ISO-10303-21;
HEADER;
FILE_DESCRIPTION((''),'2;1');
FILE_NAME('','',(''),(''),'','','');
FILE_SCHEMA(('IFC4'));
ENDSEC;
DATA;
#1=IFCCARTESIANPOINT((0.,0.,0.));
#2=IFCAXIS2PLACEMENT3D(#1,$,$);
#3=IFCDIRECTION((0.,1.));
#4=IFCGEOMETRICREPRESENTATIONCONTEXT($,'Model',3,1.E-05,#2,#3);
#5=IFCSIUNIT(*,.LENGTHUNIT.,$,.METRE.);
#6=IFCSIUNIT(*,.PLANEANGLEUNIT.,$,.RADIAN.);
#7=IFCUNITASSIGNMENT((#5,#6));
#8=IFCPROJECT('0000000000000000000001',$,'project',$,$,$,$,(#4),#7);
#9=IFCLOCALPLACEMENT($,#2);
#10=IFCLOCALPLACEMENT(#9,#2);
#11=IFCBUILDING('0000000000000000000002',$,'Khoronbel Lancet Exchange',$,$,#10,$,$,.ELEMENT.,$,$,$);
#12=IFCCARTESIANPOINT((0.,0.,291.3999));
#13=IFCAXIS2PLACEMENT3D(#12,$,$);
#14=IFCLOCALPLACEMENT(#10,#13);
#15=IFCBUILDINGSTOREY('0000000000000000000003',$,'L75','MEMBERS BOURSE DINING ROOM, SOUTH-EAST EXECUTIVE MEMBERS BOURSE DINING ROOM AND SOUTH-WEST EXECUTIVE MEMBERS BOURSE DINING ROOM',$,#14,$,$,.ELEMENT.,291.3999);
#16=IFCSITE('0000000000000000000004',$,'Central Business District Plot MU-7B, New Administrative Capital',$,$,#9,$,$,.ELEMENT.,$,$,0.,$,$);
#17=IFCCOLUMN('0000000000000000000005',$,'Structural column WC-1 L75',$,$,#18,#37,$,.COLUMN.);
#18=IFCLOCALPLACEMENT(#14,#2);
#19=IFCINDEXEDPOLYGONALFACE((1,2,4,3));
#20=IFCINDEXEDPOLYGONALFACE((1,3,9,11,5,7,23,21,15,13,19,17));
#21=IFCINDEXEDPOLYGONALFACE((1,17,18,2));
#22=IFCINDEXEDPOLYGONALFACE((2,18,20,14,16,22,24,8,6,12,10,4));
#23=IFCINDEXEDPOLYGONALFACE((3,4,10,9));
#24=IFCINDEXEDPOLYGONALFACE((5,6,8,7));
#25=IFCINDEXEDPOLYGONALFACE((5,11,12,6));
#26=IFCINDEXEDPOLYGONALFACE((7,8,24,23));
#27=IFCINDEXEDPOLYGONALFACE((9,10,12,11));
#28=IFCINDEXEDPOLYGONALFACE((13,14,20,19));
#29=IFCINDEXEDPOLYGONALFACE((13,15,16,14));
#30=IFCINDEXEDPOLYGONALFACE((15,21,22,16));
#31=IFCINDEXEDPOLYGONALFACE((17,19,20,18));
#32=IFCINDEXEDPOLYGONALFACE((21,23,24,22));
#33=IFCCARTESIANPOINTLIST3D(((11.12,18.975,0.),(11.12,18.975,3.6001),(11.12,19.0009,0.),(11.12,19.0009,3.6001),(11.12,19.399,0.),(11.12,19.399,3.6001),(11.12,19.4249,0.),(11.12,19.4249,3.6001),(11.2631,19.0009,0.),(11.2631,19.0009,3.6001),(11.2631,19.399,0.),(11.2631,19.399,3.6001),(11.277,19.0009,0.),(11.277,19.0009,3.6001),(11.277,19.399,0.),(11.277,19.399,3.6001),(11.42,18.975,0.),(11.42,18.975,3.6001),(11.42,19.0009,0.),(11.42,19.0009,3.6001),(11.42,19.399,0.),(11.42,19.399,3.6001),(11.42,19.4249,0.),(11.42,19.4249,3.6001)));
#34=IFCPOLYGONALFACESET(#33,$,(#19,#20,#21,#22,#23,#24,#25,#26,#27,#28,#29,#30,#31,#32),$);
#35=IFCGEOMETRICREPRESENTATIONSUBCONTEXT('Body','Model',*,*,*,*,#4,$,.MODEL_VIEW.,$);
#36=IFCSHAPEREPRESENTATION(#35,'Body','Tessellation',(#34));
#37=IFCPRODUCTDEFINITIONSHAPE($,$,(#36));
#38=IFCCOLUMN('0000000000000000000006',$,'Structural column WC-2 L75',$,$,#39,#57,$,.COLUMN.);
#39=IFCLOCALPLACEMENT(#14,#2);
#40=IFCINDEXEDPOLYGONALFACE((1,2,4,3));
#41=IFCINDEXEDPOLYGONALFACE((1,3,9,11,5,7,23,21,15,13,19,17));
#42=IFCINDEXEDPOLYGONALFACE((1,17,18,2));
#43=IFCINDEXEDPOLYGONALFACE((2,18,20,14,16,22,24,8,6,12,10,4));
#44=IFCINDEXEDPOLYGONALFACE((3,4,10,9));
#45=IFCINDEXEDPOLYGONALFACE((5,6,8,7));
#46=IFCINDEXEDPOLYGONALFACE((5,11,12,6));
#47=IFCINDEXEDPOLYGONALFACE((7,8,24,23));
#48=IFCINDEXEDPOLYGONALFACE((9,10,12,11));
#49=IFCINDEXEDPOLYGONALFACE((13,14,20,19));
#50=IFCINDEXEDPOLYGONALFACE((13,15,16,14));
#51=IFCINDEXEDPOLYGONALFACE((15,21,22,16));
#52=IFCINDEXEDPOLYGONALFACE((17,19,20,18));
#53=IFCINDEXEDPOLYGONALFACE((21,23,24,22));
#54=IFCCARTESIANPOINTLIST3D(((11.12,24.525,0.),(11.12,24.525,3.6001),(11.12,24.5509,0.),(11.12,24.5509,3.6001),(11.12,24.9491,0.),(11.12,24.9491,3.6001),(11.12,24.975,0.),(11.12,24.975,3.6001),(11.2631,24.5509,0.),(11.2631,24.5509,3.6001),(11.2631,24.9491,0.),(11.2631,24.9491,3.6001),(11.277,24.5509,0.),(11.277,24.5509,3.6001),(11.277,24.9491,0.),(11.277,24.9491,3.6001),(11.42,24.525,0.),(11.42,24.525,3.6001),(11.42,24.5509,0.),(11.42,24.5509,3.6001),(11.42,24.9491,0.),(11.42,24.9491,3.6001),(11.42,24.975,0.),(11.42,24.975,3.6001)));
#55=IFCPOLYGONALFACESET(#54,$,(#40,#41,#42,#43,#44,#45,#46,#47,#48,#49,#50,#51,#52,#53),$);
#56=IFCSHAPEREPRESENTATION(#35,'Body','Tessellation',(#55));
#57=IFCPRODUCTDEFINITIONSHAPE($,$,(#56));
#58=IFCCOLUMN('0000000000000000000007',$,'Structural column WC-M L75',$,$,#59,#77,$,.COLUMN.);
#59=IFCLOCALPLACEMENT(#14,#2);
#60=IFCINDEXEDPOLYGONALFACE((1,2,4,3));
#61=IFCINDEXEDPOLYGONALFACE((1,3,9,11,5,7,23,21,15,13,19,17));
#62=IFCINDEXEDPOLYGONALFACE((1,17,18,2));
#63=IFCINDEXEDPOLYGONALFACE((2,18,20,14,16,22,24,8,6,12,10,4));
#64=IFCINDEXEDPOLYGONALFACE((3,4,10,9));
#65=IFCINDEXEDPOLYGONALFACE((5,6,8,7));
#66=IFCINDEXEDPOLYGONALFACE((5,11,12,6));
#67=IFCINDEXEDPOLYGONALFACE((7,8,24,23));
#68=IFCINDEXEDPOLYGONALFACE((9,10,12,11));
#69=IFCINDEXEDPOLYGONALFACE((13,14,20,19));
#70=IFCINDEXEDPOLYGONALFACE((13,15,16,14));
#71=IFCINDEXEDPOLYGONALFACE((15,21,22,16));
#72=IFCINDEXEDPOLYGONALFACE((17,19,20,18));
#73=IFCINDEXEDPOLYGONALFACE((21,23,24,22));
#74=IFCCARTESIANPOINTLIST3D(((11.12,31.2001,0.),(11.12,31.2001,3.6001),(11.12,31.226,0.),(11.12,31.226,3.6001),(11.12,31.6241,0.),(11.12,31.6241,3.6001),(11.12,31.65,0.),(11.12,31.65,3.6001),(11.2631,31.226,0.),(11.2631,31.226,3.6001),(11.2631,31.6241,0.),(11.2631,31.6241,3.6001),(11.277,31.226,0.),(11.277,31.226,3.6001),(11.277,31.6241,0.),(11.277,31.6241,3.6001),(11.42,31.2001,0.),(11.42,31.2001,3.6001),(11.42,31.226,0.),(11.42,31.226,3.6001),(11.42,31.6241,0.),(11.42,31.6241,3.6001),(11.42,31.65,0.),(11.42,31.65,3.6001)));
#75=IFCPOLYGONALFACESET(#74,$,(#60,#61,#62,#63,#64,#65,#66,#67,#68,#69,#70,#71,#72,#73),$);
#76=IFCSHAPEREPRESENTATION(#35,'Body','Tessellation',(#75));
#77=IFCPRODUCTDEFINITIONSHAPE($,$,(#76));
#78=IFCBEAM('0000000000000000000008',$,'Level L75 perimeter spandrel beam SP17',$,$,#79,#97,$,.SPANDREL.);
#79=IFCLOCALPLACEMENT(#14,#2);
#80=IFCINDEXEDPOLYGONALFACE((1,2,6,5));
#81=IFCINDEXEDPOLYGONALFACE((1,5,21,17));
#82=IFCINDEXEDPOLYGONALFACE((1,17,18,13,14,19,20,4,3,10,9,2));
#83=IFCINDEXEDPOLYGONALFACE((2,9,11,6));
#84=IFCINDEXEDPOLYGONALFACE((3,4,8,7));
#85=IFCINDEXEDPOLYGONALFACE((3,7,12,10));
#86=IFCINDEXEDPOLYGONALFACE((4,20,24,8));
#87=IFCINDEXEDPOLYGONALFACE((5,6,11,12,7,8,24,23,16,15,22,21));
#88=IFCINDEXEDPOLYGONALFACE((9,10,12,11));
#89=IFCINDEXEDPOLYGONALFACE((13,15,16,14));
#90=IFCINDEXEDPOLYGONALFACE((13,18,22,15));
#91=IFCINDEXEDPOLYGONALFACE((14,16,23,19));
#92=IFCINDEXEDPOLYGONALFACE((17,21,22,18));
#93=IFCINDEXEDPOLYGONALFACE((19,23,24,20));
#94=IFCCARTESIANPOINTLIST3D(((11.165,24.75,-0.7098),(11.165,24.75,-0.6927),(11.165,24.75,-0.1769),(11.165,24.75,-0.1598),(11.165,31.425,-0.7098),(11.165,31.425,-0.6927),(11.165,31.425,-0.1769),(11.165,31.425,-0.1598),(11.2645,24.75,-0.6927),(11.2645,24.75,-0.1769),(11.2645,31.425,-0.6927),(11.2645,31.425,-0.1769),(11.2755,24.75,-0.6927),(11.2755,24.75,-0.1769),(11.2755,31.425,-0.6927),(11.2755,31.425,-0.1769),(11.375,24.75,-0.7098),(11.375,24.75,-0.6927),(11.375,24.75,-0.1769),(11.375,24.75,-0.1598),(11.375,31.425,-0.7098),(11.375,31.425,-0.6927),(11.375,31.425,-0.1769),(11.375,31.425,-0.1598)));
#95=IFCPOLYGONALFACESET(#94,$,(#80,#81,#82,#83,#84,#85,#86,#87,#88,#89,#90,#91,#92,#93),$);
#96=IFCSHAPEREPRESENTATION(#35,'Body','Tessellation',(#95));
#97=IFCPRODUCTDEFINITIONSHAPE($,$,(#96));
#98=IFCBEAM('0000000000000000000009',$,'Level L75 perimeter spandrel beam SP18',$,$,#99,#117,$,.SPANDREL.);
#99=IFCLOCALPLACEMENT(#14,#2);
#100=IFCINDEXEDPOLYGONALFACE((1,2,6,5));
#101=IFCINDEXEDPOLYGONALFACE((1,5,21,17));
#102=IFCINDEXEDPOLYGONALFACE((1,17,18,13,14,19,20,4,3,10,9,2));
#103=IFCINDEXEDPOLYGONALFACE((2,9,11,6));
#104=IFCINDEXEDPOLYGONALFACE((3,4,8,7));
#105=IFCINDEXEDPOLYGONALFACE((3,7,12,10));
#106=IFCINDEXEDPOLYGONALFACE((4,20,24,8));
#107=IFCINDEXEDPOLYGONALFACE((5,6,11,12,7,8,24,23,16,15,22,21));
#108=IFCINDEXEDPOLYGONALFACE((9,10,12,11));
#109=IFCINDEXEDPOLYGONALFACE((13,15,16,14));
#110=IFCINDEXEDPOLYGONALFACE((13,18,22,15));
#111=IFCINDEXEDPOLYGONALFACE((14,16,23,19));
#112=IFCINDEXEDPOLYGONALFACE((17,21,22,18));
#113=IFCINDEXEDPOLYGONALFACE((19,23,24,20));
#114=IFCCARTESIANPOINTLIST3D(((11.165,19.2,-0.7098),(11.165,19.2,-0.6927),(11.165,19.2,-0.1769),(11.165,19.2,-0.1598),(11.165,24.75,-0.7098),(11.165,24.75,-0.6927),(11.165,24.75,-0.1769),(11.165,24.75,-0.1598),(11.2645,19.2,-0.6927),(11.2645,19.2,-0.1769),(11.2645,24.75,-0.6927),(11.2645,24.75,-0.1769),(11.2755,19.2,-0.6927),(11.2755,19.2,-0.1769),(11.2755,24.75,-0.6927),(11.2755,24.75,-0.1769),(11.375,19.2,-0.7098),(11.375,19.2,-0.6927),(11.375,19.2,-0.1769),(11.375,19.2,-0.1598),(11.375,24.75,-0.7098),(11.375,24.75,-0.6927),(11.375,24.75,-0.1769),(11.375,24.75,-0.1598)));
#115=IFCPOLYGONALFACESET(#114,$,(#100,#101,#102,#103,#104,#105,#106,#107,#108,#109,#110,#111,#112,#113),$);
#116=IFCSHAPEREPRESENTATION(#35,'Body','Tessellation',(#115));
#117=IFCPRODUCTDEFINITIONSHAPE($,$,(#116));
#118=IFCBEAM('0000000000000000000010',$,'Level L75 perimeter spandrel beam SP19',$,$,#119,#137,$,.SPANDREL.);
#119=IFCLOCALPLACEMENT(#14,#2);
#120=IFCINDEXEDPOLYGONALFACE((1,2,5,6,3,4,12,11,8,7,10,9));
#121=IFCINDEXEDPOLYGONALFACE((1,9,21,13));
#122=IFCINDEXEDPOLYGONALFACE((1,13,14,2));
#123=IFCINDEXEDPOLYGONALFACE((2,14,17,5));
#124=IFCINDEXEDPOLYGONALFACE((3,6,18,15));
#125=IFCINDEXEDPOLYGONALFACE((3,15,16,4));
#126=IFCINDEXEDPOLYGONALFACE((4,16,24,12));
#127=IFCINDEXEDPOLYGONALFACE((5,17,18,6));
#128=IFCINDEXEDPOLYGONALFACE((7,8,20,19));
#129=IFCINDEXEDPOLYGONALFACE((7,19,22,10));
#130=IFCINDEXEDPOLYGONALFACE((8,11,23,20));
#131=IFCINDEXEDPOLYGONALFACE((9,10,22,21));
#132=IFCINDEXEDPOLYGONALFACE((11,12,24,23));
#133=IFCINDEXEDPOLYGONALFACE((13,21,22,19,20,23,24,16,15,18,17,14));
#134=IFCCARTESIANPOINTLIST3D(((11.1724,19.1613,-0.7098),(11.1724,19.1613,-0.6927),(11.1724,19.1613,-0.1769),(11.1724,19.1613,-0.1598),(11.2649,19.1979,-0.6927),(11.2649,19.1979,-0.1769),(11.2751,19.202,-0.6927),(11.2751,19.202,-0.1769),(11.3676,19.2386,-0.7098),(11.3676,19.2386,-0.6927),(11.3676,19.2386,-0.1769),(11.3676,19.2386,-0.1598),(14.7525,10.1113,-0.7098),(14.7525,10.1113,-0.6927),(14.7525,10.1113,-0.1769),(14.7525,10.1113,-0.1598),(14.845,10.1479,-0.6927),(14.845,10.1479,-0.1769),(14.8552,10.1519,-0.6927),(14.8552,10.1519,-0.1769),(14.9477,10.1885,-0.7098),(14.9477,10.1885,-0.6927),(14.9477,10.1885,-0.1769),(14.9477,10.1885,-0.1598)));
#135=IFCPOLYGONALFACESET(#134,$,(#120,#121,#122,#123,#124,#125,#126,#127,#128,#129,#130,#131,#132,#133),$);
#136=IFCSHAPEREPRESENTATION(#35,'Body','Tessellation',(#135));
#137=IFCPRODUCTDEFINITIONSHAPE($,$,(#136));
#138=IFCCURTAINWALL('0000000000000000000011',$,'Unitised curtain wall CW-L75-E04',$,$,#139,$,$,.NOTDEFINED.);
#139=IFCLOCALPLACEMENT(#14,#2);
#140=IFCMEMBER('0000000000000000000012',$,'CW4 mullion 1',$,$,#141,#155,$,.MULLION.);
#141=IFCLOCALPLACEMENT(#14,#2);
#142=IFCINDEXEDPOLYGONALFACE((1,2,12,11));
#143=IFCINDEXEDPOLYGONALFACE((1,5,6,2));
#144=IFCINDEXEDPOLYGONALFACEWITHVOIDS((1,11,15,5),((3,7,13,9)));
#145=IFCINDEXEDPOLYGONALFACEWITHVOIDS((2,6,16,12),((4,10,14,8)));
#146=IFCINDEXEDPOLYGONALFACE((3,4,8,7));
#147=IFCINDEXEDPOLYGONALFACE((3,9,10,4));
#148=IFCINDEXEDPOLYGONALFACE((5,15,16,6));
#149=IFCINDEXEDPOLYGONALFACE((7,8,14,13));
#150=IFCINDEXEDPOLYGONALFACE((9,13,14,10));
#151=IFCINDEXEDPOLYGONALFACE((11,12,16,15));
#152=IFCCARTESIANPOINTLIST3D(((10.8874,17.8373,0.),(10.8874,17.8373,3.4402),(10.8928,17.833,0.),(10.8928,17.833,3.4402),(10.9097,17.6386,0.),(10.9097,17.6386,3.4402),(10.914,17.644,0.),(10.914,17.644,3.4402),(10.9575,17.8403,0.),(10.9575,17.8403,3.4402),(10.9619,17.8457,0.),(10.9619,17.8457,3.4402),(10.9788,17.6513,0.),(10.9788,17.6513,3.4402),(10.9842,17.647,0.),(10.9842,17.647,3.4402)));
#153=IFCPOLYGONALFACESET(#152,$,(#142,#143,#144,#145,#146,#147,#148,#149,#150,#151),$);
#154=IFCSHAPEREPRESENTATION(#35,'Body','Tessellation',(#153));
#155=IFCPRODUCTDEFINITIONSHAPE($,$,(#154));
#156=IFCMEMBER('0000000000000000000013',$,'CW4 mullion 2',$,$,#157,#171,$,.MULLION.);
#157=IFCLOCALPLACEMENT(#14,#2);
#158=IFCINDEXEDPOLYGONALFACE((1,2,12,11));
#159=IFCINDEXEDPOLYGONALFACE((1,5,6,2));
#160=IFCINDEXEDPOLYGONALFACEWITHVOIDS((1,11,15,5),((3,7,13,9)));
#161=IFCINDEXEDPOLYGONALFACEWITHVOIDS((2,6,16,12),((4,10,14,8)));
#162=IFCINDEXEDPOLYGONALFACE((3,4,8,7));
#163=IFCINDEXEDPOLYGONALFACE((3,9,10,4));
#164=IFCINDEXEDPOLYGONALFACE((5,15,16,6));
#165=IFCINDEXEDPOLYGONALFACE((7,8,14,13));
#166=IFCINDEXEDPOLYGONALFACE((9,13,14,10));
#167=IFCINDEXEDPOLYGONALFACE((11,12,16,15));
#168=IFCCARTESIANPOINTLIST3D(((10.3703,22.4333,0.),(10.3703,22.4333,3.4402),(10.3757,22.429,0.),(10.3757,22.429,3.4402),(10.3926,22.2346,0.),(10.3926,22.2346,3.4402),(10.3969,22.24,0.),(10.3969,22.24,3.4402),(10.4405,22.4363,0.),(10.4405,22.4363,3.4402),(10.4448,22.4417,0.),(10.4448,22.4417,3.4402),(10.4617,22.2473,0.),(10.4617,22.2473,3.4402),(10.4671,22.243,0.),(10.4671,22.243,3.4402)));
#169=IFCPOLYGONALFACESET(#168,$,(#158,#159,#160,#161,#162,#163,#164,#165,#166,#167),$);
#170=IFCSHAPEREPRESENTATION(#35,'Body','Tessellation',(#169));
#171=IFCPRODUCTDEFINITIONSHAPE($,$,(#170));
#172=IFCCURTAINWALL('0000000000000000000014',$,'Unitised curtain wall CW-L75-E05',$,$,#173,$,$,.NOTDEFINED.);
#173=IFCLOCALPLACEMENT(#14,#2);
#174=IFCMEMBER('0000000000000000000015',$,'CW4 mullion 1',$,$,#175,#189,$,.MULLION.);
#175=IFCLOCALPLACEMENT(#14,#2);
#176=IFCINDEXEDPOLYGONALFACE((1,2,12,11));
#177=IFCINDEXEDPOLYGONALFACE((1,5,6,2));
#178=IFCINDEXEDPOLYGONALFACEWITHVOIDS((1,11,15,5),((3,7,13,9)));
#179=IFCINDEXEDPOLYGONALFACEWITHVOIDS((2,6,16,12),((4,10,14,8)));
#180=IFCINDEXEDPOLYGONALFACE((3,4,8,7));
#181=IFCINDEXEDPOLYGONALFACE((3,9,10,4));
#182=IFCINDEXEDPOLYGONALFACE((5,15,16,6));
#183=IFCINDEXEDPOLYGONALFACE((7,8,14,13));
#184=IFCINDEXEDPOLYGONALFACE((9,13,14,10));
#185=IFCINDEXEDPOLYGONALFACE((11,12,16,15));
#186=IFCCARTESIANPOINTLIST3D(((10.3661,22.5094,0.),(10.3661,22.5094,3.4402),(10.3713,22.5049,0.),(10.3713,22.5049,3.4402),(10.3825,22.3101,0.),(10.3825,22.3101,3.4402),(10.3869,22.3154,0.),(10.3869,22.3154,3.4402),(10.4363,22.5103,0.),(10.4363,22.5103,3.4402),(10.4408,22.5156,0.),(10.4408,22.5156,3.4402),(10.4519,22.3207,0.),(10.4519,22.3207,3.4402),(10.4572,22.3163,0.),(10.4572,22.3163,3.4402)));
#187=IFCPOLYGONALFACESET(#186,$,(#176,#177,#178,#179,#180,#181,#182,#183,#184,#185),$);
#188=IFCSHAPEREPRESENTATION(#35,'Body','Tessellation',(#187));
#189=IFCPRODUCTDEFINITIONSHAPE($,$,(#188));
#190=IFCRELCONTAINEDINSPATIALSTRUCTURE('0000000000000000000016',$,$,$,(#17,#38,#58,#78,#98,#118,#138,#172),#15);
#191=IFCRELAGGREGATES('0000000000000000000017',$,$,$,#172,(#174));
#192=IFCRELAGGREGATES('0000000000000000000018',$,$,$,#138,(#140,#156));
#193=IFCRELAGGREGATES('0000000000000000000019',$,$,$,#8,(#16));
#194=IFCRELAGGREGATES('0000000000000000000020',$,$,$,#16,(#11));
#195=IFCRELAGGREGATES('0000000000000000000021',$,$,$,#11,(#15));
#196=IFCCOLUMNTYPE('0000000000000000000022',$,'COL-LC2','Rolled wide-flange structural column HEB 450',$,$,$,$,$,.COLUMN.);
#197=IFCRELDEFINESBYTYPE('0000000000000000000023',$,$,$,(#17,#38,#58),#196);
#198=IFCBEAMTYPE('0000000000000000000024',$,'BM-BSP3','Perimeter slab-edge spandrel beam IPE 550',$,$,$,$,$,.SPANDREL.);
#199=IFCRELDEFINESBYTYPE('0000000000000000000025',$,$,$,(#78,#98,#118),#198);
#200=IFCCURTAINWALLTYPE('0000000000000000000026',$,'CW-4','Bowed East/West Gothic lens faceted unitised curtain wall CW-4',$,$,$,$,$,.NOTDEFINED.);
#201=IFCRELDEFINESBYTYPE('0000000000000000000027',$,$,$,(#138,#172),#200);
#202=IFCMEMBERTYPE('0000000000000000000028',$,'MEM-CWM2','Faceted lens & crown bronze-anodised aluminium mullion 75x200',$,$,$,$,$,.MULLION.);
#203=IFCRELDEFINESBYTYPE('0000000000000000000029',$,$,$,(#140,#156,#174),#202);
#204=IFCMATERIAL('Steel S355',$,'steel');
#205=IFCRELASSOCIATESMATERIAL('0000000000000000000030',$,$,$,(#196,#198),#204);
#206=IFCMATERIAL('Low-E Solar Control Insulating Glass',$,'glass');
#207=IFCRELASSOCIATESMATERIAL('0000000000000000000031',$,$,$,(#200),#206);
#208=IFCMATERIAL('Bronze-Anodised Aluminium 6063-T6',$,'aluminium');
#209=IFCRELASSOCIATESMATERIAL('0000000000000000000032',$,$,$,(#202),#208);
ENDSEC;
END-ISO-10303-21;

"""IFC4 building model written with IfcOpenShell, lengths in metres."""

from ifc_helpers import new_model, si_unit, direction, frame, origin, origin_2d, place, context, subcontext, project, spatial, hollow_rectangle, i_section, extrude, material, material_profile, profile_set, type_object, element, aggregate, save


model = new_model("IFC4")

# Units and contexts
model_context = context("Model", 3, precision=1e-05, world=origin(), true_north=direction((0.0, 1.0)))
body_context = subcontext(model_context, "Body", "Model", "MODEL_VIEW")
ifc_project = project(units=[si_unit("LENGTHUNIT", "METRE"), si_unit("PLANEANGLEUNIT", "RADIAN")], contexts=[model_context])

# Site, building, storey
site_placement = place(None, origin())
site = spatial("IfcSite", under=ifc_project, at=site_placement, Name="Central Business District Plot MU-7B, New Administrative Capital", CompositionType="ELEMENT", RefElevation=0.0)
building_placement = place(site_placement, origin())
building = spatial("IfcBuilding", under=site, at=building_placement, Name="Khoronbel Lancet Exchange", CompositionType="ELEMENT")
storey_placement = place(building_placement, frame((0.0, 0.0, 291.3999)))
storey = spatial("IfcBuildingStorey", under=building, at=storey_placement, Name="L75", Description="MEMBERS BOURSE DINING ROOM, SOUTH-EAST EXECUTIVE MEMBERS BOURSE DINING ROOM AND SOUTH-WEST EXECUTIVE MEMBERS BOURSE DINING ROOM", CompositionType="ELEMENT", Elevation=291.3999)

# Columns
ifc_material_1 = material(Name="Steel S355", Category="steel")
ifc_material_profile_1 = material_profile(ifc_material_1, i_section(OverallWidth=0.3, OverallDepth=0.45, WebThickness=0.0139, FlangeThickness=0.0259, at=origin_2d()), Name="HEB 450")
ifc_profile_set_1 = profile_set([ifc_material_profile_1], Name="Steel S355")
column_type = type_object("IfcColumnType", Name="COL-LC2", Description="Rolled wide-flange structural column HEB 450", PredefinedType="COLUMN", material=ifc_profile_set_1)
for number, where, z_axis, x_axis, name in (
    (1, (11.27, 19.2, 0.0), (0.0, 0.0, 1.0), (1.0, 0.0, 0.0), "Structural column WC-1 L75"),
    (2, (11.27, 24.75, 0.0), (0.0, 0.0, 1.0), (1.0, 0.0, 0.0), "Structural column WC-2 L75"),
    (3, (11.27, 31.425, 0.0), (0.0, 0.0, 1.0), (1.0, 0.0, 0.0), "Structural column WC-M L75"),
):
    element("IfcColumn", number, at=place(storey_placement, frame(where, z_axis=z_axis, x_axis=x_axis)), inside=storey, type_object=column_type, Name=name, PredefinedType="COLUMN", context=body_context, shape_type="SweptSolid", body=[
        extrude(i_section(OverallWidth=0.3, OverallDepth=0.45, WebThickness=0.0139, FlangeThickness=0.0259, at=origin_2d()), origin(), (0.0, 0.0, 1.0), 3.6001),
    ])

# Beams
ifc_material_profile_2 = material_profile(ifc_material_1, i_section(OverallWidth=0.21, OverallDepth=0.55, WebThickness=0.011, FlangeThickness=0.0171, at=origin_2d()), Name="IPE 550")
ifc_profile_set_2 = profile_set([ifc_material_profile_2], Name="Steel S355")
beam_type = type_object("IfcBeamType", Name="BM-BSP3", Description="Perimeter slab-edge spandrel beam IPE 550", PredefinedType="SPANDREL", material=ifc_profile_set_2)
beam_1_placement = place(storey_placement, frame((11.27, 31.425, -0.4348), z_axis=(0.0, -1.0, 0.0), x_axis=(1.0, 0.0, 0.0)))
element("IfcBeam", 4, at=beam_1_placement, inside=storey, type_object=beam_type, Name="Level L75 perimeter spandrel beam SP17", PredefinedType="SPANDREL", context=body_context, shape_type="SweptSolid", body=[
    extrude(i_section(OverallWidth=0.21, OverallDepth=0.55, WebThickness=0.011, FlangeThickness=0.0171, at=origin_2d()), origin(), (0.0, 0.0, 1.0), 6.675),
])
beam_2_placement = place(storey_placement, frame((11.27, 24.75, -0.4348), z_axis=(0.0, -1.0, 0.0), x_axis=(1.0, 0.0, 0.0)))
element("IfcBeam", 5, at=beam_2_placement, inside=storey, type_object=beam_type, Name="Level L75 perimeter spandrel beam SP18", PredefinedType="SPANDREL", context=body_context, shape_type="SweptSolid", body=[
    extrude(i_section(OverallWidth=0.21, OverallDepth=0.55, WebThickness=0.011, FlangeThickness=0.0171, at=origin_2d()), origin(), (0.0, 0.0, 1.0), 5.55),
])
beam_3_placement = place(storey_placement, frame((11.27, 19.2, -0.4348), z_axis=(0.36785, -0.929885, 0.0), x_axis=(0.929885, 0.36785, 0.0)))
element("IfcBeam", 6, at=beam_3_placement, inside=storey, type_object=beam_type, Name="Level L75 perimeter spandrel beam SP19", PredefinedType="SPANDREL", context=body_context, shape_type="SweptSolid", body=[
    extrude(i_section(OverallWidth=0.21, OverallDepth=0.55, WebThickness=0.011, FlangeThickness=0.0171, at=origin_2d()), origin(), (0.0, 0.0, 1.0), 9.7324),
])

# Curtain walls, members
ifc_material_2 = material(Name="Low-E Solar Control Insulating Glass", Category="glass")
curtain_wall_type = type_object("IfcCurtainWallType", Name="CW-4", Description="Bowed East/West Gothic lens faceted unitised curtain wall CW-4", PredefinedType="NOTDEFINED", material=ifc_material_2)
curtain_wall_1_placement = place(storey_placement, origin())
curtain_wall_1 = element("IfcCurtainWall", 7, at=curtain_wall_1_placement, inside=storey, type_object=curtain_wall_type, Name="Unitised curtain wall CW-L75-E04", PredefinedType="NOTDEFINED")
ifc_material_3 = material(Name="Bronze-Anodised Aluminium 6063-T6", Category="aluminium")
ifc_material_profile_3 = material_profile(ifc_material_3, hollow_rectangle(XDim=0.075, YDim=0.2, WallThickness=0.0049, at=origin_2d()), Name="ALU MULLION 75x200")
ifc_profile_set_3 = profile_set([ifc_material_profile_3], Name="Bronze-Anodised Aluminium 6063-T6")
member_type_1 = type_object("IfcMemberType", Name="MEM-CWM2", Description="Faceted lens & crown bronze-anodised aluminium mullion 75x200", PredefinedType="MULLION", material=ifc_profile_set_3)
member_1_placement = place(storey_placement, frame((10.9358, 17.7422, 0.0), z_axis=(0.0, 0.0, 1.0), x_axis=(-0.993732, -0.111791, 0.0)))
member_1 = element("IfcMember", 8, at=member_1_placement, type_object=member_type_1, Name="CW4 mullion 1", PredefinedType="MULLION", context=body_context, shape_type="SweptSolid", body=[
    extrude(hollow_rectangle(XDim=0.075, YDim=0.2, WallThickness=0.0049, at=origin_2d()), origin(), (0.0, 0.0, 1.0), 3.4402),
])
member_2_placement = place(storey_placement, frame((10.4187, 22.3381, 0.0), z_axis=(0.0, 0.0, 1.0), x_axis=(-0.993732, -0.111791, 0.0)))
member_2 = element("IfcMember", 9, at=member_2_placement, type_object=member_type_1, Name="CW4 mullion 2", PredefinedType="MULLION", context=body_context, shape_type="SweptSolid", body=[
    extrude(hollow_rectangle(XDim=0.075, YDim=0.2, WallThickness=0.0049, at=origin_2d()), origin(), (0.0, 0.0, 1.0), 3.4402),
])
curtain_wall_2_placement = place(storey_placement, origin())
curtain_wall_2 = element("IfcCurtainWall", 10, at=curtain_wall_2_placement, inside=storey, type_object=curtain_wall_type, Name="Unitised curtain wall CW-L75-E05", PredefinedType="NOTDEFINED")
member_3_placement = place(storey_placement, frame((10.4116, 22.4128, 0.0), z_axis=(0.0, 0.0, 1.0), x_axis=(-0.996626, -0.082073, 0.0)))
member_3 = element("IfcMember", 11, at=member_3_placement, type_object=member_type_1, Name="CW4 mullion 1", PredefinedType="MULLION", context=body_context, shape_type="SweptSolid", body=[
    extrude(hollow_rectangle(XDim=0.075, YDim=0.2, WallThickness=0.0049, at=origin_2d()), origin(), (0.0, 0.0, 1.0), 3.4402),
])

aggregate(curtain_wall_2, [member_3])
aggregate(curtain_wall_1, [member_1, member_2])

save(model, "model.ifc")
